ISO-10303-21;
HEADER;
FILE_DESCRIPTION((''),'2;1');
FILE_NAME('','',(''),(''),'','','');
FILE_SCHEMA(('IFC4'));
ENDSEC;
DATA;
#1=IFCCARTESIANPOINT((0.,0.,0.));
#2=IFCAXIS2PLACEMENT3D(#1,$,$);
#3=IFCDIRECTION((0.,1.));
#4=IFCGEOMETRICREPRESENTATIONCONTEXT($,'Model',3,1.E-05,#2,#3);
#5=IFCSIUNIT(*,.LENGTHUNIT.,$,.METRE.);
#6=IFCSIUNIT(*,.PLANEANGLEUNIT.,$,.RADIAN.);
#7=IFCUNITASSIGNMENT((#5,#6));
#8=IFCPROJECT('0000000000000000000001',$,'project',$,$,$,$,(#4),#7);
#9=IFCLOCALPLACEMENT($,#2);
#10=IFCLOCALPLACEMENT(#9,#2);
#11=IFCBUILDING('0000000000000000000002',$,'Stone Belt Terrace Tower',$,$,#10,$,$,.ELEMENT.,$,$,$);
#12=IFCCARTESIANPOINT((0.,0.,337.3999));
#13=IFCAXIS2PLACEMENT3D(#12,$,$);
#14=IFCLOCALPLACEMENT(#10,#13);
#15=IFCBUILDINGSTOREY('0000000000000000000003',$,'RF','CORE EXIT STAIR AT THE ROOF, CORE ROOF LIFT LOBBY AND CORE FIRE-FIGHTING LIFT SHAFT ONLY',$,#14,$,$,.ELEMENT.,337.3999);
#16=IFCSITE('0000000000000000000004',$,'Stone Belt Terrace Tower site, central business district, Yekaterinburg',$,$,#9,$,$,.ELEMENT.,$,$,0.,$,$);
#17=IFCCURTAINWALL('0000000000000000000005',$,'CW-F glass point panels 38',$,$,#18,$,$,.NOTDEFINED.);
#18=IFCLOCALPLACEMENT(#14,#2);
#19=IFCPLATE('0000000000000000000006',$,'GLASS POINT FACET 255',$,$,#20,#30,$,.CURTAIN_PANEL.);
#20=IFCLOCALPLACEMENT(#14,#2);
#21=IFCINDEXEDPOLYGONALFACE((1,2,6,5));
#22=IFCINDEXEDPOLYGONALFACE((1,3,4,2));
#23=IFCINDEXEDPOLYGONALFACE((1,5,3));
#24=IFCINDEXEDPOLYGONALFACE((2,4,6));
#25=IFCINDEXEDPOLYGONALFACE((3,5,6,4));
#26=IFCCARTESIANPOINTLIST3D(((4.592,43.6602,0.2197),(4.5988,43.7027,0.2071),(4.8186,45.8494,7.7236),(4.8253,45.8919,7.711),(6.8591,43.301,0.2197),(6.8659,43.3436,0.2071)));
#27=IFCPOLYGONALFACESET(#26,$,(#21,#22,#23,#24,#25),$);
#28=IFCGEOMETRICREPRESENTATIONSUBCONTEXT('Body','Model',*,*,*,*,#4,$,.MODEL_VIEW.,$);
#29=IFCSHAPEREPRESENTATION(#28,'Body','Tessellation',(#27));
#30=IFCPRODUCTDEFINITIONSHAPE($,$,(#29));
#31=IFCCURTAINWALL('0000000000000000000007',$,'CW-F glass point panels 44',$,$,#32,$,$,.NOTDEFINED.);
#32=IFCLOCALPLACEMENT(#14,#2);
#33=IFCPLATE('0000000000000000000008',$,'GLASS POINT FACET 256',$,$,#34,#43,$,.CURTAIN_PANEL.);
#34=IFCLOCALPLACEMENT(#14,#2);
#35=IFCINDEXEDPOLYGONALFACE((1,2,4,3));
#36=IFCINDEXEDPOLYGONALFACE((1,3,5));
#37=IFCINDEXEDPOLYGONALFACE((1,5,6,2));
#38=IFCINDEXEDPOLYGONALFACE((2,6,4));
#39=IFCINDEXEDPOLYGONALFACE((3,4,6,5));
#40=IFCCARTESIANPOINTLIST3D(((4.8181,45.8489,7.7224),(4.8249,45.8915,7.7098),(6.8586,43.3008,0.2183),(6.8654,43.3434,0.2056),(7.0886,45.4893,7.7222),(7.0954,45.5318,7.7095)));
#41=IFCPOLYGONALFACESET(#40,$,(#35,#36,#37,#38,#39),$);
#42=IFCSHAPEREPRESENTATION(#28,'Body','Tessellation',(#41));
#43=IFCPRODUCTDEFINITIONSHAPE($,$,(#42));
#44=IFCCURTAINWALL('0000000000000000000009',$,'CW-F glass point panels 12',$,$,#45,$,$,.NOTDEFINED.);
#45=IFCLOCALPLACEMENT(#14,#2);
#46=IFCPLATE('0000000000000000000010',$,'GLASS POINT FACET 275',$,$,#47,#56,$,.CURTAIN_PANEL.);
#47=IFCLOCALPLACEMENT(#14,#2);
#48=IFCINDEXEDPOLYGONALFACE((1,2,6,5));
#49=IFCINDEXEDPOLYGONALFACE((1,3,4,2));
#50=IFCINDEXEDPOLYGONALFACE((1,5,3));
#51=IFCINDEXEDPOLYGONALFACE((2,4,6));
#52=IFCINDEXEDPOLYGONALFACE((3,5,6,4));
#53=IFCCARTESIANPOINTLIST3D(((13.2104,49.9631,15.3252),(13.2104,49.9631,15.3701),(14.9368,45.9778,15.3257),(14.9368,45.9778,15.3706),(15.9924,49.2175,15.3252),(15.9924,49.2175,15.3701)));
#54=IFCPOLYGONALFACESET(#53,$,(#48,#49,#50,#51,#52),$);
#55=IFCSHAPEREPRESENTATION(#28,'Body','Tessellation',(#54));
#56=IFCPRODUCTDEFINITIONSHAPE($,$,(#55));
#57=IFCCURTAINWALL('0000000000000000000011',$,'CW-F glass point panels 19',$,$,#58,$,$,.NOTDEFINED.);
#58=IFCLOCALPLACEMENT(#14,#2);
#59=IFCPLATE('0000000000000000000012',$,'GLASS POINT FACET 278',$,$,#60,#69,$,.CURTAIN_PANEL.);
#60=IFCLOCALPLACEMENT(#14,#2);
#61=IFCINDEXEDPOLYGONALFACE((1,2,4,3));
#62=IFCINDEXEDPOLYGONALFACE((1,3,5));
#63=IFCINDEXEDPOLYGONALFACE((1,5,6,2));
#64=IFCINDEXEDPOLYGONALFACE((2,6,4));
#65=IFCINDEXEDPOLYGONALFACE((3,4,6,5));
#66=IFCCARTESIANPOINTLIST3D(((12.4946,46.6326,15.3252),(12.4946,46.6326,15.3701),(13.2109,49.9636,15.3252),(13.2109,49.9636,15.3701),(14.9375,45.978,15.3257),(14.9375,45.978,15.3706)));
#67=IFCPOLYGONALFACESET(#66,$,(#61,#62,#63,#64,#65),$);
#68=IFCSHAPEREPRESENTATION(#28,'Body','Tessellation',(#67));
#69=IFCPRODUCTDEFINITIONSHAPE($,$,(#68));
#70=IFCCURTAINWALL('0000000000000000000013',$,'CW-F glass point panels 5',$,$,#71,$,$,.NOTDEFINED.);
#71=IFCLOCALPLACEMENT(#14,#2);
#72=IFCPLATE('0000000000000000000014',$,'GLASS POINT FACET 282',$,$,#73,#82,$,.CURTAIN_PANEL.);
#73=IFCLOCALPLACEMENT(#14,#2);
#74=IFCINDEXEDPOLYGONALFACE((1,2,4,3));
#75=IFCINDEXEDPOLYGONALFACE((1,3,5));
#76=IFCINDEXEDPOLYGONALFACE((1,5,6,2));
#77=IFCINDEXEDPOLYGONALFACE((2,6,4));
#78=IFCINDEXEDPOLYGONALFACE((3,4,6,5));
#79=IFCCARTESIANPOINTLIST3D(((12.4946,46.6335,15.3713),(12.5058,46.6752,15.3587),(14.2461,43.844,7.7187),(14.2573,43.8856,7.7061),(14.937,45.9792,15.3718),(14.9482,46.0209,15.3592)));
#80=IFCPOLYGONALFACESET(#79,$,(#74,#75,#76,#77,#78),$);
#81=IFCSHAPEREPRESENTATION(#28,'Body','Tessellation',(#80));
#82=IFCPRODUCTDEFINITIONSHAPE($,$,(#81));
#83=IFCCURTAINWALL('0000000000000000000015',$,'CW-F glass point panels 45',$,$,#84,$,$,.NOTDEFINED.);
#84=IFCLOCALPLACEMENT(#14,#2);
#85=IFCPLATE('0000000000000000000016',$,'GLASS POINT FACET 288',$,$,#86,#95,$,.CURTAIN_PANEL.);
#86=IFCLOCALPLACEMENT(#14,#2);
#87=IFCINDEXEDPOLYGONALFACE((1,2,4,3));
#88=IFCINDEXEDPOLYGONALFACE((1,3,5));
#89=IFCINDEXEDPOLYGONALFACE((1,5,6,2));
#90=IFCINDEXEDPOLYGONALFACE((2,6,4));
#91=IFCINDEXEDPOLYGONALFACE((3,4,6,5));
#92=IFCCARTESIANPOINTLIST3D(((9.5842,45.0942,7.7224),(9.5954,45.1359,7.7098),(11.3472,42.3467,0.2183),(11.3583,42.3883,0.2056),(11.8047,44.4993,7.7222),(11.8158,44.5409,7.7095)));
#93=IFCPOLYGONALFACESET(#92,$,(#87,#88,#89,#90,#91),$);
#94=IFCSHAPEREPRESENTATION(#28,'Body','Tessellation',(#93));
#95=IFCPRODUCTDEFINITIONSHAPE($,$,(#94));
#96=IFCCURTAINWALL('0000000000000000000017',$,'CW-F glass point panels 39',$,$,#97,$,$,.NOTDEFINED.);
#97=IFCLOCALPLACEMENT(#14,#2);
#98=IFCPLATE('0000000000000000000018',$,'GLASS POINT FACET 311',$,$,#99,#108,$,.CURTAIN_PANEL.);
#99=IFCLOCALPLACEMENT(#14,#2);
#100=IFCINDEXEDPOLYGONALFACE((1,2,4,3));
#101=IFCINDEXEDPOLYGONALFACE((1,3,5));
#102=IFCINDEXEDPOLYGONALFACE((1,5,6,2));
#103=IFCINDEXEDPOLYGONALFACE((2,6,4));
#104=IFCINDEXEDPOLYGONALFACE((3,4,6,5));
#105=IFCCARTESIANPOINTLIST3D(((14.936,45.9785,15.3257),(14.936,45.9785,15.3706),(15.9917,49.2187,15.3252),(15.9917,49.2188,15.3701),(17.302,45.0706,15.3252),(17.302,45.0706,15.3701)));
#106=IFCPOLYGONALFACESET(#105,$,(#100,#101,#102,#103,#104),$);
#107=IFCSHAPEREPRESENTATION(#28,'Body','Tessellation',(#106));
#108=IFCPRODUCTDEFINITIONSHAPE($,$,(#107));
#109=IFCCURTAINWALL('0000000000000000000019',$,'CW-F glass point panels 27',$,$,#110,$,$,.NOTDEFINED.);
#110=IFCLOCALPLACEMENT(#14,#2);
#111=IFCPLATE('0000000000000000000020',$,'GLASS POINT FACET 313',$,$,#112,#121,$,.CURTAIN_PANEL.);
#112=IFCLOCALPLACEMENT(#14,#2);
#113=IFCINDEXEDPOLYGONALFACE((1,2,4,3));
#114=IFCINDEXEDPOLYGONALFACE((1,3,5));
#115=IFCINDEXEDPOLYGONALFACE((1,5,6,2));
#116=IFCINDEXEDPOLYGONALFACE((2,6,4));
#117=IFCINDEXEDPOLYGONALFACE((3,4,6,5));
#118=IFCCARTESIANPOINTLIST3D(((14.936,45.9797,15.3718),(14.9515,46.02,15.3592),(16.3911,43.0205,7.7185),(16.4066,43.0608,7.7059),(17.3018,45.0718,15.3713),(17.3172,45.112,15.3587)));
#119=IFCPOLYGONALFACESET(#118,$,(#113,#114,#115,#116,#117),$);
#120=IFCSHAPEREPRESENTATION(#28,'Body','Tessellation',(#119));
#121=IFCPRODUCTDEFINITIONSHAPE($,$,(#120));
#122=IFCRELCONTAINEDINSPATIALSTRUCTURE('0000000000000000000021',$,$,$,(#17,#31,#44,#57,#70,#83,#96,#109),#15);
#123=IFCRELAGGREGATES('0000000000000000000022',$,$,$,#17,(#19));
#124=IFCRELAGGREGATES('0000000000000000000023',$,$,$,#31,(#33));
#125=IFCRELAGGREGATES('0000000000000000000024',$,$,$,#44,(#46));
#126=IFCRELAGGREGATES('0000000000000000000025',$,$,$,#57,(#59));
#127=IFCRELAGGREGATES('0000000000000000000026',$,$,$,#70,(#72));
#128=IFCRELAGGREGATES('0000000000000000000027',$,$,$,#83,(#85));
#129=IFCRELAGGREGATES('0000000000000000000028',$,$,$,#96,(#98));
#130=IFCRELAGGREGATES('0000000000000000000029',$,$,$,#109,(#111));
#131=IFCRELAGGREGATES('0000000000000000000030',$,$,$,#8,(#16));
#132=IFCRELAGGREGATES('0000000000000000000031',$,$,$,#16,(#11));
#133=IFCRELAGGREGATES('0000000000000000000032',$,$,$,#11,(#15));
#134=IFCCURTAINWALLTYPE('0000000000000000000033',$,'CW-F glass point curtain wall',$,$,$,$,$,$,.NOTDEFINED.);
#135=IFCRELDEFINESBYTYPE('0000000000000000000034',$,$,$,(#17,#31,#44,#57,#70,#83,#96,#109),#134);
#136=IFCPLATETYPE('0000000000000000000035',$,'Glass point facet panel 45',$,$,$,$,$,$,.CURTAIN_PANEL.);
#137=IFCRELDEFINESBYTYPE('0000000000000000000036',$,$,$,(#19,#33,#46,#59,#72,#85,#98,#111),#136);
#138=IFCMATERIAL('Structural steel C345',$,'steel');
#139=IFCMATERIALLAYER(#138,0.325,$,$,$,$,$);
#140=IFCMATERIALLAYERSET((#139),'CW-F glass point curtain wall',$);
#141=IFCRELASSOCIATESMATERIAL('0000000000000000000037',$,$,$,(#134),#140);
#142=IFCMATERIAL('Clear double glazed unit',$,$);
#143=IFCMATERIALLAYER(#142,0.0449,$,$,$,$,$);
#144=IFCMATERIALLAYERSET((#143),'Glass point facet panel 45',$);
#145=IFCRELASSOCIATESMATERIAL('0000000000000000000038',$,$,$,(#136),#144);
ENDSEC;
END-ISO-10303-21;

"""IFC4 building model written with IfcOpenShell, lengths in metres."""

from ifc_helpers import new_model, si_unit, direction, frame, origin, place, context, subcontext, project, spatial, polyline, outline, extrude, material, layer, layer_set, type_object, element, aggregate, save


model = new_model("IFC4")

# Units and contexts
model_context = context("Model", 3, precision=1e-05, world=origin(), true_north=direction((0.0, 1.0)))
body_context = subcontext(model_context, "Body", "Model", "MODEL_VIEW")
ifc_project = project(units=[si_unit("LENGTHUNIT", "METRE"), si_unit("PLANEANGLEUNIT", "RADIAN")], contexts=[model_context])

# Site, building, storey
site_placement = place(None, origin())
site = spatial("IfcSite", under=ifc_project, at=site_placement, Name="Stone Belt Terrace Tower site, central business district, Yekaterinburg", CompositionType="ELEMENT", RefElevation=0.0)
building_placement = place(site_placement, origin())
building = spatial("IfcBuilding", under=site, at=building_placement, Name="Stone Belt Terrace Tower", CompositionType="ELEMENT")
storey_placement = place(building_placement, frame((0.0, 0.0, 337.3999)))
storey = spatial("IfcBuildingStorey", under=building, at=storey_placement, Name="RF", Description="CORE EXIT STAIR AT THE ROOF, CORE ROOF LIFT LOBBY AND CORE FIRE-FIGHTING LIFT SHAFT ONLY", CompositionType="ELEMENT", Elevation=337.3999)

# Shared definitions
ifc_material_1 = material(Name="Structural steel C345", Category="steel")

# Shared definitions
ifc_layer_1 = layer(ifc_material_1, 0.325)
ifc_layer_set_1 = layer_set([ifc_layer_1], Name="CW-F glass point curtain wall")
curtain_wall_type = type_object("IfcCurtainWallType", Name="CW-F glass point curtain wall", PredefinedType="NOTDEFINED", material=ifc_layer_set_1)
ifc_material_2 = material(Name="Clear double glazed unit")
ifc_layer_2 = layer(ifc_material_2, 0.0449)
ifc_layer_set_2 = layer_set([ifc_layer_2], Name="Glass point facet panel 45")
plate_type = type_object("IfcPlateType", Name="Glass point facet panel 45", PredefinedType="CURTAIN_PANEL", material=ifc_layer_set_2)

# Curtain wall, plate
curtain_wall_1_placement = place(storey_placement, origin())
curtain_wall_1 = element("IfcCurtainWall", 1, at=curtain_wall_1_placement, inside=storey, type_object=curtain_wall_type, Name="CW-F glass point panels 38", PredefinedType="NOTDEFINED")
plate_1_placement = place(storey_placement, frame((4.592, 43.6602, 0.2197), z_axis=(-0.150152, -0.947869, 0.281067), x_axis=(0.028972, 0.27995, 0.959577)))
plate_1 = element("IfcPlate", 2, at=plate_1_placement, type_object=plate_type, Name="GLASS POINT FACET 255", PredefinedType="CURTAIN_PANEL", context=body_context, shape_type="SweptSolid", body=[
    extrude(outline(polyline([(0.0, 0.0), (7.82, 0.0), (-0.0349, -2.2951), (0.0, 0.0)])), origin(), (0.0, 0.0, -1.0), 0.0449),
])
aggregate(curtain_wall_1, [plate_1])

# Curtain walls, plates
curtain_wall_2_placement = place(storey_placement, origin())
curtain_wall_2 = element("IfcCurtainWall", 3, at=curtain_wall_2_placement, inside=storey, type_object=curtain_wall_type, Name="CW-F glass point panels 44", PredefinedType="NOTDEFINED")
plate_2_placement = place(storey_placement, frame((7.0886, 45.4893, 7.7222), z_axis=(-0.150102, -0.947883, 0.281046), x_axis=(-0.02941, -0.27986, -0.95959)))
plate_2 = element("IfcPlate", 4, at=plate_2_placement, type_object=plate_type, Name="GLASS POINT FACET 256", PredefinedType="CURTAIN_PANEL", context=body_context, shape_type="SweptSolid", body=[
    extrude(outline(polyline([(0.0, 0.0), (7.8199, 0.0), (-0.0341, -2.2986), (0.0, 0.0)])), origin(), (0.0, 0.0, -1.0), 0.0449),
])
aggregate(curtain_wall_2, [plate_2])
curtain_wall_3_placement = place(storey_placement, origin())
curtain_wall_3 = element("IfcCurtainWall", 5, at=curtain_wall_3_placement, inside=storey, type_object=curtain_wall_type, Name="CW-F glass point panels 12", PredefinedType="NOTDEFINED")
plate_3_placement = place(storey_placement, frame((14.9368, 45.9778, 15.3706), z_axis=(0.000037, 0.000139, 1.0), x_axis=(-0.397478, 0.917612, -0.000112)))
plate_3 = element("IfcPlate", 6, at=plate_3_placement, type_object=plate_type, Name="GLASS POINT FACET 275", PredefinedType="CURTAIN_PANEL", context=body_context, shape_type="SweptSolid", body=[
    extrude(outline(polyline([(0.0, 0.0), (4.3432, 0.0), (2.5532, -2.2564), (0.0, 0.0)])), origin(), (0.0, 0.0, -1.0), 0.0449),
])
aggregate(curtain_wall_3, [plate_3])
curtain_wall_4_placement = place(storey_placement, origin())
curtain_wall_4 = element("IfcCurtainWall", 7, at=curtain_wall_4_placement, inside=storey, type_object=curtain_wall_type, Name="CW-F glass point panels 19", PredefinedType="NOTDEFINED")
plate_4_placement = place(storey_placement, frame((14.9375, 45.978, 15.3706), z_axis=(-0.000189, 0.000041, 1.0), x_axis=(-0.965928, 0.25881, -0.000193)))
plate_4 = element("IfcPlate", 8, at=plate_4_placement, type_object=plate_type, Name="GLASS POINT FACET 278", PredefinedType="CURTAIN_PANEL", context=body_context, shape_type="SweptSolid", body=[
    extrude(outline(polyline([(0.0, 0.0), (2.529, 0.0), (2.6992, -3.4029), (0.0, 0.0)])), origin(), (0.0, 0.0, -1.0), 0.0449),
])
aggregate(curtain_wall_4, [plate_4])
curtain_wall_5_placement = place(storey_placement, origin())
curtain_wall_5 = element("IfcCurtainWall", 9, at=curtain_wall_5_placement, inside=storey, type_object=curtain_wall_type, Name="CW-F glass point panels 5", PredefinedType="NOTDEFINED")
plate_5_placement = place(storey_placement, frame((14.937, 45.9792, 15.3718), z_axis=(-0.24839, -0.926989, 0.28106), x_axis=(-0.086632, -0.267732, -0.959591)))
plate_5 = element("IfcPlate", 10, at=plate_5_placement, type_object=plate_type, Name="GLASS POINT FACET 282", PredefinedType="CURTAIN_PANEL", context=body_context, shape_type="SweptSolid", body=[
    extrude(outline(polyline([(0.0, 0.0), (7.9754, 0.0), (0.0369, -2.5282), (0.0, 0.0)])), origin(), (0.0, 0.0, -1.0), 0.0449),
])
aggregate(curtain_wall_5, [plate_5])
curtain_wall_6_placement = place(storey_placement, origin())
curtain_wall_6 = element("IfcCurtainWall", 11, at=curtain_wall_6_placement, inside=storey, type_object=curtain_wall_type, Name="CW-F glass point panels 45", PredefinedType="NOTDEFINED")
plate_6_placement = place(storey_placement, frame((11.8047, 44.4993, 7.7222), z_axis=(-0.248357, -0.926996, 0.281063), x_axis=(-0.058507, -0.275269, -0.959585)))
plate_6 = element("IfcPlate", 12, at=plate_6_placement, type_object=plate_type, Name="GLASS POINT FACET 288", PredefinedType="CURTAIN_PANEL", context=body_context, shape_type="SweptSolid", body=[
    extrude(outline(polyline([(0.0, 0.0), (7.8199, 0.0), (-0.0341, -2.2985), (0.0, 0.0)])), origin(), (0.0, 0.0, -1.0), 0.0449),
])
aggregate(curtain_wall_6, [plate_6])
curtain_wall_7_placement = place(storey_placement, origin())
curtain_wall_7 = element("IfcCurtainWall", 13, at=curtain_wall_7_placement, inside=storey, type_object=curtain_wall_type, Name="CW-F glass point panels 39", PredefinedType="NOTDEFINED")
plate_7_placement = place(storey_placement, frame((14.936, 45.9785, 15.3706), z_axis=(0.000235, 0.000074, 1.0), x_axis=(0.309773, 0.950811, -0.000143)))
plate_7 = element("IfcPlate", 14, at=plate_7_placement, type_object=plate_type, Name="GLASS POINT FACET 311", PredefinedType="CURTAIN_PANEL", context=body_context, shape_type="SweptSolid", body=[
    extrude(outline(polyline([(0.0, 0.0), (3.4079, 0.0), (-0.1304, -2.5308), (0.0, 0.0)])), origin(), (0.0, 0.0, -1.0), 0.0449),
])
aggregate(curtain_wall_7, [plate_7])
curtain_wall_8_placement = place(storey_placement, origin())
curtain_wall_8 = element("IfcCurtainWall", 15, at=curtain_wall_8_placement, inside=storey, type_object=curtain_wall_type, Name="CW-F glass point panels 27", PredefinedType="NOTDEFINED")
plate_8_placement = place(storey_placement, frame((14.936, 45.9797, 15.3718), z_axis=(-0.343819, -0.895984, 0.281073), x_axis=(0.933601, -0.358314, -0.000193)))
plate_8 = element("IfcPlate", 16, at=plate_8_placement, type_object=plate_type, Name="GLASS POINT FACET 313", PredefinedType="CURTAIN_PANEL", context=body_context, shape_type="SweptSolid", body=[
    extrude(outline(polyline([(0.0, 0.0), (2.534, 0.0), (2.4203, -7.9743), (0.0, 0.0)])), origin(), (0.0, 0.0, -1.0), 0.0449),
])
aggregate(curtain_wall_8, [plate_8])

save(model, "model.ifc")
